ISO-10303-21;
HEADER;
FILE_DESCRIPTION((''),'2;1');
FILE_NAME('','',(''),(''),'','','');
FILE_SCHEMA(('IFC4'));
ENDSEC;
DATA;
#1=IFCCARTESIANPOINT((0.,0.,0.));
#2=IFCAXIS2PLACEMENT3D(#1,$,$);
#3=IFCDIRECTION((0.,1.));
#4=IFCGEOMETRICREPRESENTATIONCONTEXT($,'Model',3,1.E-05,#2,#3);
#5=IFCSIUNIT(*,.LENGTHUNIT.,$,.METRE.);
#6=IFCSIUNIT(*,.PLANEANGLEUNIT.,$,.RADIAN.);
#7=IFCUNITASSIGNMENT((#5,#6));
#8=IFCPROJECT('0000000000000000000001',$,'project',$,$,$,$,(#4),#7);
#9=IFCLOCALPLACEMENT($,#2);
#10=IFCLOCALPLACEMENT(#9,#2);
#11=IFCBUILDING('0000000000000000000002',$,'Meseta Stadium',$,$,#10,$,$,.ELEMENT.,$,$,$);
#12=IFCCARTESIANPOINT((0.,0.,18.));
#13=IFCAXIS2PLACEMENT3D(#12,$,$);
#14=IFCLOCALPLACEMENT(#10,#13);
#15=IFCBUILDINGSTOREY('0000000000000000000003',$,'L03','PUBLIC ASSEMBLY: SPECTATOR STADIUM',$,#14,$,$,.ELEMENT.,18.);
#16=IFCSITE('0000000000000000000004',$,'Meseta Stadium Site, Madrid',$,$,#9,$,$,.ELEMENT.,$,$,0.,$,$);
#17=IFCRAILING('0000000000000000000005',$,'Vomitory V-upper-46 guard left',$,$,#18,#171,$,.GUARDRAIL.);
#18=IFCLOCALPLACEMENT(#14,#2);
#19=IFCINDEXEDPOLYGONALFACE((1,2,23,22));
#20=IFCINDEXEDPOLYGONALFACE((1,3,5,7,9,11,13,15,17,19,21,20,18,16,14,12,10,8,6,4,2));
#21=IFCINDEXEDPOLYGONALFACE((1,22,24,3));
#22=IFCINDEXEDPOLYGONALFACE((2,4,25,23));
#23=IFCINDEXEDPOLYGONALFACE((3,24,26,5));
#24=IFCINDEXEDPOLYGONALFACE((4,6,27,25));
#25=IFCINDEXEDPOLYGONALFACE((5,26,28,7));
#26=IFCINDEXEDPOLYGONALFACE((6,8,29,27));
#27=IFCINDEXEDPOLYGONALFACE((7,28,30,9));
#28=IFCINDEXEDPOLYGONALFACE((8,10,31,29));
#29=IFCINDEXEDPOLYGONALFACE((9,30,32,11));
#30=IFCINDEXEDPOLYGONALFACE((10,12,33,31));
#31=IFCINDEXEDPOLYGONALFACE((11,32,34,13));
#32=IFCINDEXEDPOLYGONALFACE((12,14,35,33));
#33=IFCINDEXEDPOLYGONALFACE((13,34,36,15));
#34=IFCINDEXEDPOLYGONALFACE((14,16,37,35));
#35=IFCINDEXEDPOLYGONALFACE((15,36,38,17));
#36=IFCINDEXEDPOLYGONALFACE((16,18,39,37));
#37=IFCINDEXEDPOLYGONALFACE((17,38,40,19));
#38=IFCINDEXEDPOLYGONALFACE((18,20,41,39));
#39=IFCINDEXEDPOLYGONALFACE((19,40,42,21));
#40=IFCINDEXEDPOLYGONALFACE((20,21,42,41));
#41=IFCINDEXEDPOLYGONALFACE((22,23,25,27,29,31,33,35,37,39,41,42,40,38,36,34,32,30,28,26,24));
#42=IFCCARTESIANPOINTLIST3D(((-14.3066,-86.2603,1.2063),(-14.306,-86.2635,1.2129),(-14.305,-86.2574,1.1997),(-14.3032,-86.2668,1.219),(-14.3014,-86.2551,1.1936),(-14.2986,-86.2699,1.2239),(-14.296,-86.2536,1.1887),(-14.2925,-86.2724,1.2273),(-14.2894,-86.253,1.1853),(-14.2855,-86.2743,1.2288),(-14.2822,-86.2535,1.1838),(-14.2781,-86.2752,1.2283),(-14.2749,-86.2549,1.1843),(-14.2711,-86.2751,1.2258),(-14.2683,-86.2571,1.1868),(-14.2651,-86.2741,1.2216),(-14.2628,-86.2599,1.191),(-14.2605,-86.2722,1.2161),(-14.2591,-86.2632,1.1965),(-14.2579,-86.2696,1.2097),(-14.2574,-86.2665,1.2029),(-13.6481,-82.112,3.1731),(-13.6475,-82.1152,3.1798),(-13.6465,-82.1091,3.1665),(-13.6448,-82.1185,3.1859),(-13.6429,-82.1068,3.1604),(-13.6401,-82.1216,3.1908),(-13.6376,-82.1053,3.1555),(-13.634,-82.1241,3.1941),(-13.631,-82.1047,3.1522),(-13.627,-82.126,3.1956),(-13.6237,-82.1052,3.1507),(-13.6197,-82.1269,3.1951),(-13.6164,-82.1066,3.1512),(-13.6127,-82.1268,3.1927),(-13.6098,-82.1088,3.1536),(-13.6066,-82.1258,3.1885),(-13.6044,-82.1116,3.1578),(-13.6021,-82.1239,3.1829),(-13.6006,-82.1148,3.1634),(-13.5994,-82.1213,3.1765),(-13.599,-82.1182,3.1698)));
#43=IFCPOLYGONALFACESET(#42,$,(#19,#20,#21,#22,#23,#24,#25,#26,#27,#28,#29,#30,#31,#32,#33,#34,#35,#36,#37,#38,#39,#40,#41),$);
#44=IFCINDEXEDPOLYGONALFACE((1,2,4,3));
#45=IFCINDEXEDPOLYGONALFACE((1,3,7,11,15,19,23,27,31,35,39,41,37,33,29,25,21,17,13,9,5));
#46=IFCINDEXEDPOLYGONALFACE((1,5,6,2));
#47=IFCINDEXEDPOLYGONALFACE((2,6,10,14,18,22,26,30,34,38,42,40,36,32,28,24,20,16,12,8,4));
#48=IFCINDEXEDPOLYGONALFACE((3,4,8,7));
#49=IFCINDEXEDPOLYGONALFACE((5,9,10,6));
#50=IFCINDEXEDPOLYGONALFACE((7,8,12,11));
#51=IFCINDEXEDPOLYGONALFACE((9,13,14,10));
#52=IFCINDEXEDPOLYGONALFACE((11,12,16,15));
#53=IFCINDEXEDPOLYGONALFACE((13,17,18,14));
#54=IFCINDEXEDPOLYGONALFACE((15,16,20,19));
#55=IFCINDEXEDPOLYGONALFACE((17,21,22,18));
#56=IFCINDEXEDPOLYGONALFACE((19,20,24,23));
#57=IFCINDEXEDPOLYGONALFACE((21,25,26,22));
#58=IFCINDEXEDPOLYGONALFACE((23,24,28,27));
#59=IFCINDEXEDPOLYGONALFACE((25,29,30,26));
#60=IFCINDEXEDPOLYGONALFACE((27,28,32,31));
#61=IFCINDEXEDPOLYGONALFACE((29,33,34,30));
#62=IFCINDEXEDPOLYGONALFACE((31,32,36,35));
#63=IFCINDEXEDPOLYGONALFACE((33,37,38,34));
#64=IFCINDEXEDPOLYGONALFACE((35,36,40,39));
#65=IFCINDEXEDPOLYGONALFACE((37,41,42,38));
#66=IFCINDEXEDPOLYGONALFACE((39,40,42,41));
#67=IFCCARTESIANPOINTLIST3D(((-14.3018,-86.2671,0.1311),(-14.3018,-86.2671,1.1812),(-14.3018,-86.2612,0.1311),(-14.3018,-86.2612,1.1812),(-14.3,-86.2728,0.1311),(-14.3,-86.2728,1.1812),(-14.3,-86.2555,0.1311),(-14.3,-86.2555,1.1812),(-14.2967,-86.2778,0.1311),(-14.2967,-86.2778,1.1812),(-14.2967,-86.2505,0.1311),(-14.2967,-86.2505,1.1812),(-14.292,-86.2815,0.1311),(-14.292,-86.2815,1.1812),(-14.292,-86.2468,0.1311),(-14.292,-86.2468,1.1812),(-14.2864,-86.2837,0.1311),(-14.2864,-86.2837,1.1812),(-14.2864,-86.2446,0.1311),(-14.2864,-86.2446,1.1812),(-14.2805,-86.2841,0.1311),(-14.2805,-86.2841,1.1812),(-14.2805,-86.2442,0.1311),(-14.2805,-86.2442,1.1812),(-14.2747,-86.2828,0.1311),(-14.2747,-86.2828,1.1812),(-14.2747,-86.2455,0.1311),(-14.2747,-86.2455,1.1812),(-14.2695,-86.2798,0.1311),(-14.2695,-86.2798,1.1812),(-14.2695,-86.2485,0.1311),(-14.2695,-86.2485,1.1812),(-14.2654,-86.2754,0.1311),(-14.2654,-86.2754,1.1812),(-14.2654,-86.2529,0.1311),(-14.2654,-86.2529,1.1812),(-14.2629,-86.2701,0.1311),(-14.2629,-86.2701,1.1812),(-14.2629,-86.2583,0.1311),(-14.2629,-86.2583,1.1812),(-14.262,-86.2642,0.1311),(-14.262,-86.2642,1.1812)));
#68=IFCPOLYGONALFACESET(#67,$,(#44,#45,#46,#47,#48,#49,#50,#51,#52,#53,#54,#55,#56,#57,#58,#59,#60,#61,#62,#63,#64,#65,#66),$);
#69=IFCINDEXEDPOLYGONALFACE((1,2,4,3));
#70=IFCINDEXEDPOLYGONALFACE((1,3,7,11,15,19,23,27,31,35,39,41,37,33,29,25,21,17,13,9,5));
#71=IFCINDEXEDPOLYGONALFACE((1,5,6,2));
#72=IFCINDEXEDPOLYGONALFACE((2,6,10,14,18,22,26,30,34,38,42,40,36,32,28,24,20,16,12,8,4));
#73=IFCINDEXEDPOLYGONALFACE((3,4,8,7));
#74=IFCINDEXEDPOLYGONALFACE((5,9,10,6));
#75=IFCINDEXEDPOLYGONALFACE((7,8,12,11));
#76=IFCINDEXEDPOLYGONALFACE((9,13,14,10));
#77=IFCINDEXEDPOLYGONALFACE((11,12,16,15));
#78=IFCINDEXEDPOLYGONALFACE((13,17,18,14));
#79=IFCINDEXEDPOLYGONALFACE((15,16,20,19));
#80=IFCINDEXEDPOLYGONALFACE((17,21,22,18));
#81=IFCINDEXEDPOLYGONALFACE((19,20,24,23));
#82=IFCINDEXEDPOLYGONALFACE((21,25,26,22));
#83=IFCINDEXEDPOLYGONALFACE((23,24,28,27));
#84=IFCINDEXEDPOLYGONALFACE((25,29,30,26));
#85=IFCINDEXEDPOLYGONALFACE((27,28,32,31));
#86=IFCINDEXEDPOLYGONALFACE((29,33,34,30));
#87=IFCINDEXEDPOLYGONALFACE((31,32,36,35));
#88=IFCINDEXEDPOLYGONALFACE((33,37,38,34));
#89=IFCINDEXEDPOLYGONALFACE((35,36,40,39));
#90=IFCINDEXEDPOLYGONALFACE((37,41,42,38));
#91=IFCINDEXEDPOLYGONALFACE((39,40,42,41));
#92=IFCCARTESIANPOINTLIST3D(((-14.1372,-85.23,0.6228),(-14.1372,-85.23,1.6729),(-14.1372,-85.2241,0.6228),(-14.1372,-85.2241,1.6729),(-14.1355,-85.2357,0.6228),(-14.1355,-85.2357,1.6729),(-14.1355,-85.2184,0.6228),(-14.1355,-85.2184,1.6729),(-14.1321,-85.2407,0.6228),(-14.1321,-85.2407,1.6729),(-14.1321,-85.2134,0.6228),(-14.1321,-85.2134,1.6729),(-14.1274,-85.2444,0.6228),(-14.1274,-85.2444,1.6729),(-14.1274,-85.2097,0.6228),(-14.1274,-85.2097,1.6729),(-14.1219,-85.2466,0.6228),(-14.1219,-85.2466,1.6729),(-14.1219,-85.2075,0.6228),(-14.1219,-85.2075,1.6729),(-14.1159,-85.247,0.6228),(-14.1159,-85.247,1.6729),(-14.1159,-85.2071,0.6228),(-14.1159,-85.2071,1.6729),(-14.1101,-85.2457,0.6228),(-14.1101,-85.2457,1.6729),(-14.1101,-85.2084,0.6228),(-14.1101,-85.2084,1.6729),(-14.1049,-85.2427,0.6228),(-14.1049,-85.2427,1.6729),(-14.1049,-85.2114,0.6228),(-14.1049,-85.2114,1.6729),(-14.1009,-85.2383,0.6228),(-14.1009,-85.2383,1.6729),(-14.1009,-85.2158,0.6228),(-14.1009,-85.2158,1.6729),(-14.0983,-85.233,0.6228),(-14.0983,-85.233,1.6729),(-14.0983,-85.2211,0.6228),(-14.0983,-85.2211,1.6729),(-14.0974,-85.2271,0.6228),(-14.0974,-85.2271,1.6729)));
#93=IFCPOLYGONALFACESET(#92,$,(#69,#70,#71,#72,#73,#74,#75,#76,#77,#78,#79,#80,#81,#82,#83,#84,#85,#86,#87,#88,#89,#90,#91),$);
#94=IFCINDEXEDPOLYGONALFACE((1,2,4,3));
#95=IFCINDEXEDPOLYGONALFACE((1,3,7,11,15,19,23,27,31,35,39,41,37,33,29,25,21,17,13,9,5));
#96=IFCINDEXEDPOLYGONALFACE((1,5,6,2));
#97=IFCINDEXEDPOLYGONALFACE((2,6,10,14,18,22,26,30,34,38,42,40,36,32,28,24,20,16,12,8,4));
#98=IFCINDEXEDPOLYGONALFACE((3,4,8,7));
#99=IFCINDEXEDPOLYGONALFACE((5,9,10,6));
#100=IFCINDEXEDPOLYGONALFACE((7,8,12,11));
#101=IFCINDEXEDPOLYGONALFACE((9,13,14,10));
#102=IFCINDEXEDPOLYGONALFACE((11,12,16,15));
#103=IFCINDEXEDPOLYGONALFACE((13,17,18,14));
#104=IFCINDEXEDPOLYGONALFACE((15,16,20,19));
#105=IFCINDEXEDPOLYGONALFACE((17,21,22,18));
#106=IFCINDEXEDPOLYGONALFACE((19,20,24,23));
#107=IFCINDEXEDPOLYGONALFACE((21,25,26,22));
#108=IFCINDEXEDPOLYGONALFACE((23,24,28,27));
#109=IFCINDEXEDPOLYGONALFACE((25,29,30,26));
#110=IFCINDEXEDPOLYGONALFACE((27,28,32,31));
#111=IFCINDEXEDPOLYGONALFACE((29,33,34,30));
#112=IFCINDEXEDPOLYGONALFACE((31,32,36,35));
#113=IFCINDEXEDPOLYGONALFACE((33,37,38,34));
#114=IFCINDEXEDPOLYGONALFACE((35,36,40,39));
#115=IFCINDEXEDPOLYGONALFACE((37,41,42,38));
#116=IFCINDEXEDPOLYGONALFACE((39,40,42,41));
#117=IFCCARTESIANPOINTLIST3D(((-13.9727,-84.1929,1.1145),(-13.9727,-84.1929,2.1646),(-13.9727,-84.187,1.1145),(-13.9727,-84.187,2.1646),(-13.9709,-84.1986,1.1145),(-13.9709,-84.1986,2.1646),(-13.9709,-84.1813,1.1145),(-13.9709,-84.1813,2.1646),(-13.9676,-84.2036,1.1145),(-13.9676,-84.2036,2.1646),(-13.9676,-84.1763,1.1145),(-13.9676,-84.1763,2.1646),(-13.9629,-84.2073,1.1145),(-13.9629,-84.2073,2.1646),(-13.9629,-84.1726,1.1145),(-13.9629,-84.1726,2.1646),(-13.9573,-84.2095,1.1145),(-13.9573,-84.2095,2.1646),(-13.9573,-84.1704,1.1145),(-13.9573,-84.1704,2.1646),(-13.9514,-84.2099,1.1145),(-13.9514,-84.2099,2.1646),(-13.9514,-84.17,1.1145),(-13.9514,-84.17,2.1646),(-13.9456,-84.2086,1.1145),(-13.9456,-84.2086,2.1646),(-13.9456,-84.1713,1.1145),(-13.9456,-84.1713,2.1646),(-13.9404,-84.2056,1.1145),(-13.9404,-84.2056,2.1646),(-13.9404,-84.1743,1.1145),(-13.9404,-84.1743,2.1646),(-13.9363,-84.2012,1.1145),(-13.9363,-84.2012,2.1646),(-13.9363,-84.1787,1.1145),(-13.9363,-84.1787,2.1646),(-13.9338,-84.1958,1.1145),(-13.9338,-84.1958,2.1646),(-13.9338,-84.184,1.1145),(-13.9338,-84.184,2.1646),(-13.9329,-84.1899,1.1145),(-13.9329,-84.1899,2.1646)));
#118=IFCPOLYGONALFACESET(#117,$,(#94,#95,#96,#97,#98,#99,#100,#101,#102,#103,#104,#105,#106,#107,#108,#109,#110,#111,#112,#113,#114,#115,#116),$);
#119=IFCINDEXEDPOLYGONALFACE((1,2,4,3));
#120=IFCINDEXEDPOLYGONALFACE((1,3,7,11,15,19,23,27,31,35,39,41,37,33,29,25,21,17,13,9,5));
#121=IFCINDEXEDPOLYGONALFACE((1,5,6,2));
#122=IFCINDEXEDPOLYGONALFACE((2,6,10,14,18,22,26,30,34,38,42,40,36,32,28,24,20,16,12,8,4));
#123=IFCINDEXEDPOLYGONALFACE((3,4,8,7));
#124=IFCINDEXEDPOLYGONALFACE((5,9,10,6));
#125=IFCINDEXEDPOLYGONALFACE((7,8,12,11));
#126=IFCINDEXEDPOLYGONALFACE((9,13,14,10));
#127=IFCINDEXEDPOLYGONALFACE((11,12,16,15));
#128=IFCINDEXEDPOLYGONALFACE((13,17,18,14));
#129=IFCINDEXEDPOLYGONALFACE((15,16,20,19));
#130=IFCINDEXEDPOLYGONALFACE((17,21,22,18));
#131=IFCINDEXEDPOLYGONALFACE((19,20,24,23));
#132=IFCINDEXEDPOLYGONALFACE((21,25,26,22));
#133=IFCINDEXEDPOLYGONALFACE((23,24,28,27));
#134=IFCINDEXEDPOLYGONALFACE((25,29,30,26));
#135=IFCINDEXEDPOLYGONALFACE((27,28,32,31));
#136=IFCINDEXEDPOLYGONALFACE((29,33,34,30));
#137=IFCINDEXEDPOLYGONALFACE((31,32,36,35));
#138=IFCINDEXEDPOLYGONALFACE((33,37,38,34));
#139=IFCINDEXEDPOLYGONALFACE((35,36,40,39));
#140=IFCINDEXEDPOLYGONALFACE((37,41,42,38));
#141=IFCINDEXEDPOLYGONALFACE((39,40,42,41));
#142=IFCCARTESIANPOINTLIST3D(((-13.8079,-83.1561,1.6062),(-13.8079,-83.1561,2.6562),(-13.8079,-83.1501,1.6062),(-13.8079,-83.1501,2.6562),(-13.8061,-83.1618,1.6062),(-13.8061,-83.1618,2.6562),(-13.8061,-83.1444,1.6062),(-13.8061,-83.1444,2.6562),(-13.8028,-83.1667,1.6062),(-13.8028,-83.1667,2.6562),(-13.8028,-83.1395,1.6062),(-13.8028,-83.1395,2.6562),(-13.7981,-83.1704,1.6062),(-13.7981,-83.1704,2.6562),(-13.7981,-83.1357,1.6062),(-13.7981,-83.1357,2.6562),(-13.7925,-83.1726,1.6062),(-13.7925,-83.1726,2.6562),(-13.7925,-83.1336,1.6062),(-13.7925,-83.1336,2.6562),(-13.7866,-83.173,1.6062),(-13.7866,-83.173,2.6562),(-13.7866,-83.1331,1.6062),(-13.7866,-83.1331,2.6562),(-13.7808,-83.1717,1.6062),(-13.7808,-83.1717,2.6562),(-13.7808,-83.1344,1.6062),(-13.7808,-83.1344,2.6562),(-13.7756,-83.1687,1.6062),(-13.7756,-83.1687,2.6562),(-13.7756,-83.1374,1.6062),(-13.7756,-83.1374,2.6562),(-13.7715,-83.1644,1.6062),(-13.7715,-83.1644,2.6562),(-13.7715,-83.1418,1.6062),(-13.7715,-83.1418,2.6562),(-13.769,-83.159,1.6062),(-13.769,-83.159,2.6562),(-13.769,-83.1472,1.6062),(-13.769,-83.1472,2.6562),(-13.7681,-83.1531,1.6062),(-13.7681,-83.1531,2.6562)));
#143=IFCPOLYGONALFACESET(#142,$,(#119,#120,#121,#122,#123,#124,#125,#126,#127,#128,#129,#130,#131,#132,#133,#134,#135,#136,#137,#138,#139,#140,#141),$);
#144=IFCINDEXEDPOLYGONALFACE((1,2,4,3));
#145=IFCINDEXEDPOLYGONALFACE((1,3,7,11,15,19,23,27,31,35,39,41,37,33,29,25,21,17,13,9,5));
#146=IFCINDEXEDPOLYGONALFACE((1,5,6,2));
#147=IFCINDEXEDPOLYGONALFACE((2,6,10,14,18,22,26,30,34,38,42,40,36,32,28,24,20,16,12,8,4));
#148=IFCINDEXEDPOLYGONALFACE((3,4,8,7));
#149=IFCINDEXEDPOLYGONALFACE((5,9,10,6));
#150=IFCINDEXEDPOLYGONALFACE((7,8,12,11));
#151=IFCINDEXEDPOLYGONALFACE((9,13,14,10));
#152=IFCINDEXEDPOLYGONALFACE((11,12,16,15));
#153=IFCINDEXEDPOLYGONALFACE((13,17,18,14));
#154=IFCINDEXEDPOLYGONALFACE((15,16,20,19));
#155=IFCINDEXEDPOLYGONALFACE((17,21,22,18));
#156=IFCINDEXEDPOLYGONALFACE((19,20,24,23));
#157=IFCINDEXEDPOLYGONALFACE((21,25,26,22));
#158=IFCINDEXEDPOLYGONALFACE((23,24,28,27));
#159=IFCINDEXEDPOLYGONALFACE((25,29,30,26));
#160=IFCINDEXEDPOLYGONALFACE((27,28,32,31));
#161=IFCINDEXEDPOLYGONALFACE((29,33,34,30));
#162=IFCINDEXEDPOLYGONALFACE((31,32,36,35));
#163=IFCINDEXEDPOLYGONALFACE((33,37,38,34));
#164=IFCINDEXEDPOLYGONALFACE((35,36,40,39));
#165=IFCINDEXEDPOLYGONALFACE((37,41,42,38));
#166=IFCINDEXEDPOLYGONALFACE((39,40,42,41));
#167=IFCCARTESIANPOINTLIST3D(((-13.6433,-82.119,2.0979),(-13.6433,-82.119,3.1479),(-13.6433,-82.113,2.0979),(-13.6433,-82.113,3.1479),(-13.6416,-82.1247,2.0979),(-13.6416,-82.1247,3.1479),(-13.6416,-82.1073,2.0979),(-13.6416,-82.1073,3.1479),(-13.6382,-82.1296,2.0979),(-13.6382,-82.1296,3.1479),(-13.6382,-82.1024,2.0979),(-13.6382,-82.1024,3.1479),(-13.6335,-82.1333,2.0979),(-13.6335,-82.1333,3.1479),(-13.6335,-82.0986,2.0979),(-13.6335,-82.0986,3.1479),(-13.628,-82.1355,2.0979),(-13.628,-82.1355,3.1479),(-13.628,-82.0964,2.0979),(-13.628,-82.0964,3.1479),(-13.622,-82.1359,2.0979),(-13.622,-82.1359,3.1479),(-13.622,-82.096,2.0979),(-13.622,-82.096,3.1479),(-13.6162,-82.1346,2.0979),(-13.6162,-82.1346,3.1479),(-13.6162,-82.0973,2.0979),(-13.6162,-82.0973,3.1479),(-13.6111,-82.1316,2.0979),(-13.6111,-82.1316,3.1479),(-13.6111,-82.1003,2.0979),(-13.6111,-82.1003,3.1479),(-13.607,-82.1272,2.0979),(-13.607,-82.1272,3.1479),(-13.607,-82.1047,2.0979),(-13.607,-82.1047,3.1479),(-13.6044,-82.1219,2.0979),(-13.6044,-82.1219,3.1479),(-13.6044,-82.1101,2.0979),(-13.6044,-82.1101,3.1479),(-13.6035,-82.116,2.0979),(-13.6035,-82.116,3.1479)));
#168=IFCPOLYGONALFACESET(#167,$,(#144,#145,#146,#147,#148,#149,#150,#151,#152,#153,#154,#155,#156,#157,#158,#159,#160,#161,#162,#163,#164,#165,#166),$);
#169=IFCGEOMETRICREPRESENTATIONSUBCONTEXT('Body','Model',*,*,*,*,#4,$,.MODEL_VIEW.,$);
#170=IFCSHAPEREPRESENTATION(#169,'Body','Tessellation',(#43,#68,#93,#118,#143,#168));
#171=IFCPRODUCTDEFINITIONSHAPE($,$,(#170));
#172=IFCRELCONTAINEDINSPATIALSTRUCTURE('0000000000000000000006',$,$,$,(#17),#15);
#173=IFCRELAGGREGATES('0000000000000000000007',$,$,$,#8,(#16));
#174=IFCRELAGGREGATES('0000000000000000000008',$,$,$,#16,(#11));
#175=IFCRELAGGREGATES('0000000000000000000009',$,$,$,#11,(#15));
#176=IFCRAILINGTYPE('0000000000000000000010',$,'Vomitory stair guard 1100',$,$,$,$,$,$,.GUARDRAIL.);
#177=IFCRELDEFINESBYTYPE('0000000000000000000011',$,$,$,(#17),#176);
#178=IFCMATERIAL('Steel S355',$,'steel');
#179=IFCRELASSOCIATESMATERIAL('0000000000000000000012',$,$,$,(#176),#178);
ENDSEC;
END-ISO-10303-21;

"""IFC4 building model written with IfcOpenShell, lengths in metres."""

from ifc_helpers import new_model, si_unit, direction, frame, origin, origin_2d, place, context, subcontext, project, spatial, circle, extrude, material, type_object, element, save


model = new_model("IFC4")

# Units and contexts
model_context = context("Model", 3, precision=1e-05, world=origin(), true_north=direction((0.0, 1.0)))
body_context = subcontext(model_context, "Body", "Model", "MODEL_VIEW")
ifc_project = project(units=[si_unit("LENGTHUNIT", "METRE"), si_unit("PLANEANGLEUNIT", "RADIAN")], contexts=[model_context])

# Site, building, storey
site_placement = place(None, origin())
site = spatial("IfcSite", under=ifc_project, at=site_placement, Name="Meseta Stadium Site, Madrid", CompositionType="ELEMENT", RefElevation=0.0)
building_placement = place(site_placement, origin())
building = spatial("IfcBuilding", under=site, at=building_placement, Name="Meseta Stadium", CompositionType="ELEMENT")
storey_placement = place(building_placement, frame((0.0, 0.0, 18.0)))
storey = spatial("IfcBuildingStorey", under=building, at=storey_placement, Name="L03", Description="PUBLIC ASSEMBLY: SPECTATOR STADIUM", CompositionType="ELEMENT", Elevation=18.0)

# Railing
ifc_material_1 = material(Name="Steel S355", Category="steel")
railing_type_1 = type_object("IfcRailingType", Name="Vomitory stair guard 1100", PredefinedType="GUARDRAIL", material=ifc_material_1)
railing_1_placement = place(storey_placement, frame((-14.282, -86.2642, 0.1311)))
element("IfcRailing", 1, at=railing_1_placement, inside=storey, type_object=railing_type_1, Name="Vomitory V-upper-46 guard left", PredefinedType="GUARDRAIL", context=body_context, shape_type="SweptSolid", body=[
    extrude(circle(Radius=0.0249, at=origin_2d()), frame((0.0, 0.0, 1.0752), z_axis=(0.141974, 0.894428, 0.424078), x_axis=(-0.987635, 0.156768, 0.0)), (0.0, 0.0, 1.0), 4.6379),
    extrude(circle(Radius=0.02, at=origin_2d()), origin(), (0.0, 0.0, 1.0), 1.05),
    extrude(circle(Radius=0.02, at=origin_2d()), frame((0.1646, 1.0371, 0.4917)), (0.0, 0.0, 1.0), 1.05),
    extrude(circle(Radius=0.02, at=origin_2d()), frame((0.3291, 2.0742, 0.9834)), (0.0, 0.0, 1.0), 1.05),
    extrude(circle(Radius=0.02, at=origin_2d()), frame((0.4939, 3.1111, 1.4751)), (0.0, 0.0, 1.0), 1.05),
    extrude(circle(Radius=0.02, at=origin_2d()), frame((0.6584, 4.1482, 1.9668)), (0.0, 0.0, 1.0), 1.05),
])

save(model, "model.ifc")
